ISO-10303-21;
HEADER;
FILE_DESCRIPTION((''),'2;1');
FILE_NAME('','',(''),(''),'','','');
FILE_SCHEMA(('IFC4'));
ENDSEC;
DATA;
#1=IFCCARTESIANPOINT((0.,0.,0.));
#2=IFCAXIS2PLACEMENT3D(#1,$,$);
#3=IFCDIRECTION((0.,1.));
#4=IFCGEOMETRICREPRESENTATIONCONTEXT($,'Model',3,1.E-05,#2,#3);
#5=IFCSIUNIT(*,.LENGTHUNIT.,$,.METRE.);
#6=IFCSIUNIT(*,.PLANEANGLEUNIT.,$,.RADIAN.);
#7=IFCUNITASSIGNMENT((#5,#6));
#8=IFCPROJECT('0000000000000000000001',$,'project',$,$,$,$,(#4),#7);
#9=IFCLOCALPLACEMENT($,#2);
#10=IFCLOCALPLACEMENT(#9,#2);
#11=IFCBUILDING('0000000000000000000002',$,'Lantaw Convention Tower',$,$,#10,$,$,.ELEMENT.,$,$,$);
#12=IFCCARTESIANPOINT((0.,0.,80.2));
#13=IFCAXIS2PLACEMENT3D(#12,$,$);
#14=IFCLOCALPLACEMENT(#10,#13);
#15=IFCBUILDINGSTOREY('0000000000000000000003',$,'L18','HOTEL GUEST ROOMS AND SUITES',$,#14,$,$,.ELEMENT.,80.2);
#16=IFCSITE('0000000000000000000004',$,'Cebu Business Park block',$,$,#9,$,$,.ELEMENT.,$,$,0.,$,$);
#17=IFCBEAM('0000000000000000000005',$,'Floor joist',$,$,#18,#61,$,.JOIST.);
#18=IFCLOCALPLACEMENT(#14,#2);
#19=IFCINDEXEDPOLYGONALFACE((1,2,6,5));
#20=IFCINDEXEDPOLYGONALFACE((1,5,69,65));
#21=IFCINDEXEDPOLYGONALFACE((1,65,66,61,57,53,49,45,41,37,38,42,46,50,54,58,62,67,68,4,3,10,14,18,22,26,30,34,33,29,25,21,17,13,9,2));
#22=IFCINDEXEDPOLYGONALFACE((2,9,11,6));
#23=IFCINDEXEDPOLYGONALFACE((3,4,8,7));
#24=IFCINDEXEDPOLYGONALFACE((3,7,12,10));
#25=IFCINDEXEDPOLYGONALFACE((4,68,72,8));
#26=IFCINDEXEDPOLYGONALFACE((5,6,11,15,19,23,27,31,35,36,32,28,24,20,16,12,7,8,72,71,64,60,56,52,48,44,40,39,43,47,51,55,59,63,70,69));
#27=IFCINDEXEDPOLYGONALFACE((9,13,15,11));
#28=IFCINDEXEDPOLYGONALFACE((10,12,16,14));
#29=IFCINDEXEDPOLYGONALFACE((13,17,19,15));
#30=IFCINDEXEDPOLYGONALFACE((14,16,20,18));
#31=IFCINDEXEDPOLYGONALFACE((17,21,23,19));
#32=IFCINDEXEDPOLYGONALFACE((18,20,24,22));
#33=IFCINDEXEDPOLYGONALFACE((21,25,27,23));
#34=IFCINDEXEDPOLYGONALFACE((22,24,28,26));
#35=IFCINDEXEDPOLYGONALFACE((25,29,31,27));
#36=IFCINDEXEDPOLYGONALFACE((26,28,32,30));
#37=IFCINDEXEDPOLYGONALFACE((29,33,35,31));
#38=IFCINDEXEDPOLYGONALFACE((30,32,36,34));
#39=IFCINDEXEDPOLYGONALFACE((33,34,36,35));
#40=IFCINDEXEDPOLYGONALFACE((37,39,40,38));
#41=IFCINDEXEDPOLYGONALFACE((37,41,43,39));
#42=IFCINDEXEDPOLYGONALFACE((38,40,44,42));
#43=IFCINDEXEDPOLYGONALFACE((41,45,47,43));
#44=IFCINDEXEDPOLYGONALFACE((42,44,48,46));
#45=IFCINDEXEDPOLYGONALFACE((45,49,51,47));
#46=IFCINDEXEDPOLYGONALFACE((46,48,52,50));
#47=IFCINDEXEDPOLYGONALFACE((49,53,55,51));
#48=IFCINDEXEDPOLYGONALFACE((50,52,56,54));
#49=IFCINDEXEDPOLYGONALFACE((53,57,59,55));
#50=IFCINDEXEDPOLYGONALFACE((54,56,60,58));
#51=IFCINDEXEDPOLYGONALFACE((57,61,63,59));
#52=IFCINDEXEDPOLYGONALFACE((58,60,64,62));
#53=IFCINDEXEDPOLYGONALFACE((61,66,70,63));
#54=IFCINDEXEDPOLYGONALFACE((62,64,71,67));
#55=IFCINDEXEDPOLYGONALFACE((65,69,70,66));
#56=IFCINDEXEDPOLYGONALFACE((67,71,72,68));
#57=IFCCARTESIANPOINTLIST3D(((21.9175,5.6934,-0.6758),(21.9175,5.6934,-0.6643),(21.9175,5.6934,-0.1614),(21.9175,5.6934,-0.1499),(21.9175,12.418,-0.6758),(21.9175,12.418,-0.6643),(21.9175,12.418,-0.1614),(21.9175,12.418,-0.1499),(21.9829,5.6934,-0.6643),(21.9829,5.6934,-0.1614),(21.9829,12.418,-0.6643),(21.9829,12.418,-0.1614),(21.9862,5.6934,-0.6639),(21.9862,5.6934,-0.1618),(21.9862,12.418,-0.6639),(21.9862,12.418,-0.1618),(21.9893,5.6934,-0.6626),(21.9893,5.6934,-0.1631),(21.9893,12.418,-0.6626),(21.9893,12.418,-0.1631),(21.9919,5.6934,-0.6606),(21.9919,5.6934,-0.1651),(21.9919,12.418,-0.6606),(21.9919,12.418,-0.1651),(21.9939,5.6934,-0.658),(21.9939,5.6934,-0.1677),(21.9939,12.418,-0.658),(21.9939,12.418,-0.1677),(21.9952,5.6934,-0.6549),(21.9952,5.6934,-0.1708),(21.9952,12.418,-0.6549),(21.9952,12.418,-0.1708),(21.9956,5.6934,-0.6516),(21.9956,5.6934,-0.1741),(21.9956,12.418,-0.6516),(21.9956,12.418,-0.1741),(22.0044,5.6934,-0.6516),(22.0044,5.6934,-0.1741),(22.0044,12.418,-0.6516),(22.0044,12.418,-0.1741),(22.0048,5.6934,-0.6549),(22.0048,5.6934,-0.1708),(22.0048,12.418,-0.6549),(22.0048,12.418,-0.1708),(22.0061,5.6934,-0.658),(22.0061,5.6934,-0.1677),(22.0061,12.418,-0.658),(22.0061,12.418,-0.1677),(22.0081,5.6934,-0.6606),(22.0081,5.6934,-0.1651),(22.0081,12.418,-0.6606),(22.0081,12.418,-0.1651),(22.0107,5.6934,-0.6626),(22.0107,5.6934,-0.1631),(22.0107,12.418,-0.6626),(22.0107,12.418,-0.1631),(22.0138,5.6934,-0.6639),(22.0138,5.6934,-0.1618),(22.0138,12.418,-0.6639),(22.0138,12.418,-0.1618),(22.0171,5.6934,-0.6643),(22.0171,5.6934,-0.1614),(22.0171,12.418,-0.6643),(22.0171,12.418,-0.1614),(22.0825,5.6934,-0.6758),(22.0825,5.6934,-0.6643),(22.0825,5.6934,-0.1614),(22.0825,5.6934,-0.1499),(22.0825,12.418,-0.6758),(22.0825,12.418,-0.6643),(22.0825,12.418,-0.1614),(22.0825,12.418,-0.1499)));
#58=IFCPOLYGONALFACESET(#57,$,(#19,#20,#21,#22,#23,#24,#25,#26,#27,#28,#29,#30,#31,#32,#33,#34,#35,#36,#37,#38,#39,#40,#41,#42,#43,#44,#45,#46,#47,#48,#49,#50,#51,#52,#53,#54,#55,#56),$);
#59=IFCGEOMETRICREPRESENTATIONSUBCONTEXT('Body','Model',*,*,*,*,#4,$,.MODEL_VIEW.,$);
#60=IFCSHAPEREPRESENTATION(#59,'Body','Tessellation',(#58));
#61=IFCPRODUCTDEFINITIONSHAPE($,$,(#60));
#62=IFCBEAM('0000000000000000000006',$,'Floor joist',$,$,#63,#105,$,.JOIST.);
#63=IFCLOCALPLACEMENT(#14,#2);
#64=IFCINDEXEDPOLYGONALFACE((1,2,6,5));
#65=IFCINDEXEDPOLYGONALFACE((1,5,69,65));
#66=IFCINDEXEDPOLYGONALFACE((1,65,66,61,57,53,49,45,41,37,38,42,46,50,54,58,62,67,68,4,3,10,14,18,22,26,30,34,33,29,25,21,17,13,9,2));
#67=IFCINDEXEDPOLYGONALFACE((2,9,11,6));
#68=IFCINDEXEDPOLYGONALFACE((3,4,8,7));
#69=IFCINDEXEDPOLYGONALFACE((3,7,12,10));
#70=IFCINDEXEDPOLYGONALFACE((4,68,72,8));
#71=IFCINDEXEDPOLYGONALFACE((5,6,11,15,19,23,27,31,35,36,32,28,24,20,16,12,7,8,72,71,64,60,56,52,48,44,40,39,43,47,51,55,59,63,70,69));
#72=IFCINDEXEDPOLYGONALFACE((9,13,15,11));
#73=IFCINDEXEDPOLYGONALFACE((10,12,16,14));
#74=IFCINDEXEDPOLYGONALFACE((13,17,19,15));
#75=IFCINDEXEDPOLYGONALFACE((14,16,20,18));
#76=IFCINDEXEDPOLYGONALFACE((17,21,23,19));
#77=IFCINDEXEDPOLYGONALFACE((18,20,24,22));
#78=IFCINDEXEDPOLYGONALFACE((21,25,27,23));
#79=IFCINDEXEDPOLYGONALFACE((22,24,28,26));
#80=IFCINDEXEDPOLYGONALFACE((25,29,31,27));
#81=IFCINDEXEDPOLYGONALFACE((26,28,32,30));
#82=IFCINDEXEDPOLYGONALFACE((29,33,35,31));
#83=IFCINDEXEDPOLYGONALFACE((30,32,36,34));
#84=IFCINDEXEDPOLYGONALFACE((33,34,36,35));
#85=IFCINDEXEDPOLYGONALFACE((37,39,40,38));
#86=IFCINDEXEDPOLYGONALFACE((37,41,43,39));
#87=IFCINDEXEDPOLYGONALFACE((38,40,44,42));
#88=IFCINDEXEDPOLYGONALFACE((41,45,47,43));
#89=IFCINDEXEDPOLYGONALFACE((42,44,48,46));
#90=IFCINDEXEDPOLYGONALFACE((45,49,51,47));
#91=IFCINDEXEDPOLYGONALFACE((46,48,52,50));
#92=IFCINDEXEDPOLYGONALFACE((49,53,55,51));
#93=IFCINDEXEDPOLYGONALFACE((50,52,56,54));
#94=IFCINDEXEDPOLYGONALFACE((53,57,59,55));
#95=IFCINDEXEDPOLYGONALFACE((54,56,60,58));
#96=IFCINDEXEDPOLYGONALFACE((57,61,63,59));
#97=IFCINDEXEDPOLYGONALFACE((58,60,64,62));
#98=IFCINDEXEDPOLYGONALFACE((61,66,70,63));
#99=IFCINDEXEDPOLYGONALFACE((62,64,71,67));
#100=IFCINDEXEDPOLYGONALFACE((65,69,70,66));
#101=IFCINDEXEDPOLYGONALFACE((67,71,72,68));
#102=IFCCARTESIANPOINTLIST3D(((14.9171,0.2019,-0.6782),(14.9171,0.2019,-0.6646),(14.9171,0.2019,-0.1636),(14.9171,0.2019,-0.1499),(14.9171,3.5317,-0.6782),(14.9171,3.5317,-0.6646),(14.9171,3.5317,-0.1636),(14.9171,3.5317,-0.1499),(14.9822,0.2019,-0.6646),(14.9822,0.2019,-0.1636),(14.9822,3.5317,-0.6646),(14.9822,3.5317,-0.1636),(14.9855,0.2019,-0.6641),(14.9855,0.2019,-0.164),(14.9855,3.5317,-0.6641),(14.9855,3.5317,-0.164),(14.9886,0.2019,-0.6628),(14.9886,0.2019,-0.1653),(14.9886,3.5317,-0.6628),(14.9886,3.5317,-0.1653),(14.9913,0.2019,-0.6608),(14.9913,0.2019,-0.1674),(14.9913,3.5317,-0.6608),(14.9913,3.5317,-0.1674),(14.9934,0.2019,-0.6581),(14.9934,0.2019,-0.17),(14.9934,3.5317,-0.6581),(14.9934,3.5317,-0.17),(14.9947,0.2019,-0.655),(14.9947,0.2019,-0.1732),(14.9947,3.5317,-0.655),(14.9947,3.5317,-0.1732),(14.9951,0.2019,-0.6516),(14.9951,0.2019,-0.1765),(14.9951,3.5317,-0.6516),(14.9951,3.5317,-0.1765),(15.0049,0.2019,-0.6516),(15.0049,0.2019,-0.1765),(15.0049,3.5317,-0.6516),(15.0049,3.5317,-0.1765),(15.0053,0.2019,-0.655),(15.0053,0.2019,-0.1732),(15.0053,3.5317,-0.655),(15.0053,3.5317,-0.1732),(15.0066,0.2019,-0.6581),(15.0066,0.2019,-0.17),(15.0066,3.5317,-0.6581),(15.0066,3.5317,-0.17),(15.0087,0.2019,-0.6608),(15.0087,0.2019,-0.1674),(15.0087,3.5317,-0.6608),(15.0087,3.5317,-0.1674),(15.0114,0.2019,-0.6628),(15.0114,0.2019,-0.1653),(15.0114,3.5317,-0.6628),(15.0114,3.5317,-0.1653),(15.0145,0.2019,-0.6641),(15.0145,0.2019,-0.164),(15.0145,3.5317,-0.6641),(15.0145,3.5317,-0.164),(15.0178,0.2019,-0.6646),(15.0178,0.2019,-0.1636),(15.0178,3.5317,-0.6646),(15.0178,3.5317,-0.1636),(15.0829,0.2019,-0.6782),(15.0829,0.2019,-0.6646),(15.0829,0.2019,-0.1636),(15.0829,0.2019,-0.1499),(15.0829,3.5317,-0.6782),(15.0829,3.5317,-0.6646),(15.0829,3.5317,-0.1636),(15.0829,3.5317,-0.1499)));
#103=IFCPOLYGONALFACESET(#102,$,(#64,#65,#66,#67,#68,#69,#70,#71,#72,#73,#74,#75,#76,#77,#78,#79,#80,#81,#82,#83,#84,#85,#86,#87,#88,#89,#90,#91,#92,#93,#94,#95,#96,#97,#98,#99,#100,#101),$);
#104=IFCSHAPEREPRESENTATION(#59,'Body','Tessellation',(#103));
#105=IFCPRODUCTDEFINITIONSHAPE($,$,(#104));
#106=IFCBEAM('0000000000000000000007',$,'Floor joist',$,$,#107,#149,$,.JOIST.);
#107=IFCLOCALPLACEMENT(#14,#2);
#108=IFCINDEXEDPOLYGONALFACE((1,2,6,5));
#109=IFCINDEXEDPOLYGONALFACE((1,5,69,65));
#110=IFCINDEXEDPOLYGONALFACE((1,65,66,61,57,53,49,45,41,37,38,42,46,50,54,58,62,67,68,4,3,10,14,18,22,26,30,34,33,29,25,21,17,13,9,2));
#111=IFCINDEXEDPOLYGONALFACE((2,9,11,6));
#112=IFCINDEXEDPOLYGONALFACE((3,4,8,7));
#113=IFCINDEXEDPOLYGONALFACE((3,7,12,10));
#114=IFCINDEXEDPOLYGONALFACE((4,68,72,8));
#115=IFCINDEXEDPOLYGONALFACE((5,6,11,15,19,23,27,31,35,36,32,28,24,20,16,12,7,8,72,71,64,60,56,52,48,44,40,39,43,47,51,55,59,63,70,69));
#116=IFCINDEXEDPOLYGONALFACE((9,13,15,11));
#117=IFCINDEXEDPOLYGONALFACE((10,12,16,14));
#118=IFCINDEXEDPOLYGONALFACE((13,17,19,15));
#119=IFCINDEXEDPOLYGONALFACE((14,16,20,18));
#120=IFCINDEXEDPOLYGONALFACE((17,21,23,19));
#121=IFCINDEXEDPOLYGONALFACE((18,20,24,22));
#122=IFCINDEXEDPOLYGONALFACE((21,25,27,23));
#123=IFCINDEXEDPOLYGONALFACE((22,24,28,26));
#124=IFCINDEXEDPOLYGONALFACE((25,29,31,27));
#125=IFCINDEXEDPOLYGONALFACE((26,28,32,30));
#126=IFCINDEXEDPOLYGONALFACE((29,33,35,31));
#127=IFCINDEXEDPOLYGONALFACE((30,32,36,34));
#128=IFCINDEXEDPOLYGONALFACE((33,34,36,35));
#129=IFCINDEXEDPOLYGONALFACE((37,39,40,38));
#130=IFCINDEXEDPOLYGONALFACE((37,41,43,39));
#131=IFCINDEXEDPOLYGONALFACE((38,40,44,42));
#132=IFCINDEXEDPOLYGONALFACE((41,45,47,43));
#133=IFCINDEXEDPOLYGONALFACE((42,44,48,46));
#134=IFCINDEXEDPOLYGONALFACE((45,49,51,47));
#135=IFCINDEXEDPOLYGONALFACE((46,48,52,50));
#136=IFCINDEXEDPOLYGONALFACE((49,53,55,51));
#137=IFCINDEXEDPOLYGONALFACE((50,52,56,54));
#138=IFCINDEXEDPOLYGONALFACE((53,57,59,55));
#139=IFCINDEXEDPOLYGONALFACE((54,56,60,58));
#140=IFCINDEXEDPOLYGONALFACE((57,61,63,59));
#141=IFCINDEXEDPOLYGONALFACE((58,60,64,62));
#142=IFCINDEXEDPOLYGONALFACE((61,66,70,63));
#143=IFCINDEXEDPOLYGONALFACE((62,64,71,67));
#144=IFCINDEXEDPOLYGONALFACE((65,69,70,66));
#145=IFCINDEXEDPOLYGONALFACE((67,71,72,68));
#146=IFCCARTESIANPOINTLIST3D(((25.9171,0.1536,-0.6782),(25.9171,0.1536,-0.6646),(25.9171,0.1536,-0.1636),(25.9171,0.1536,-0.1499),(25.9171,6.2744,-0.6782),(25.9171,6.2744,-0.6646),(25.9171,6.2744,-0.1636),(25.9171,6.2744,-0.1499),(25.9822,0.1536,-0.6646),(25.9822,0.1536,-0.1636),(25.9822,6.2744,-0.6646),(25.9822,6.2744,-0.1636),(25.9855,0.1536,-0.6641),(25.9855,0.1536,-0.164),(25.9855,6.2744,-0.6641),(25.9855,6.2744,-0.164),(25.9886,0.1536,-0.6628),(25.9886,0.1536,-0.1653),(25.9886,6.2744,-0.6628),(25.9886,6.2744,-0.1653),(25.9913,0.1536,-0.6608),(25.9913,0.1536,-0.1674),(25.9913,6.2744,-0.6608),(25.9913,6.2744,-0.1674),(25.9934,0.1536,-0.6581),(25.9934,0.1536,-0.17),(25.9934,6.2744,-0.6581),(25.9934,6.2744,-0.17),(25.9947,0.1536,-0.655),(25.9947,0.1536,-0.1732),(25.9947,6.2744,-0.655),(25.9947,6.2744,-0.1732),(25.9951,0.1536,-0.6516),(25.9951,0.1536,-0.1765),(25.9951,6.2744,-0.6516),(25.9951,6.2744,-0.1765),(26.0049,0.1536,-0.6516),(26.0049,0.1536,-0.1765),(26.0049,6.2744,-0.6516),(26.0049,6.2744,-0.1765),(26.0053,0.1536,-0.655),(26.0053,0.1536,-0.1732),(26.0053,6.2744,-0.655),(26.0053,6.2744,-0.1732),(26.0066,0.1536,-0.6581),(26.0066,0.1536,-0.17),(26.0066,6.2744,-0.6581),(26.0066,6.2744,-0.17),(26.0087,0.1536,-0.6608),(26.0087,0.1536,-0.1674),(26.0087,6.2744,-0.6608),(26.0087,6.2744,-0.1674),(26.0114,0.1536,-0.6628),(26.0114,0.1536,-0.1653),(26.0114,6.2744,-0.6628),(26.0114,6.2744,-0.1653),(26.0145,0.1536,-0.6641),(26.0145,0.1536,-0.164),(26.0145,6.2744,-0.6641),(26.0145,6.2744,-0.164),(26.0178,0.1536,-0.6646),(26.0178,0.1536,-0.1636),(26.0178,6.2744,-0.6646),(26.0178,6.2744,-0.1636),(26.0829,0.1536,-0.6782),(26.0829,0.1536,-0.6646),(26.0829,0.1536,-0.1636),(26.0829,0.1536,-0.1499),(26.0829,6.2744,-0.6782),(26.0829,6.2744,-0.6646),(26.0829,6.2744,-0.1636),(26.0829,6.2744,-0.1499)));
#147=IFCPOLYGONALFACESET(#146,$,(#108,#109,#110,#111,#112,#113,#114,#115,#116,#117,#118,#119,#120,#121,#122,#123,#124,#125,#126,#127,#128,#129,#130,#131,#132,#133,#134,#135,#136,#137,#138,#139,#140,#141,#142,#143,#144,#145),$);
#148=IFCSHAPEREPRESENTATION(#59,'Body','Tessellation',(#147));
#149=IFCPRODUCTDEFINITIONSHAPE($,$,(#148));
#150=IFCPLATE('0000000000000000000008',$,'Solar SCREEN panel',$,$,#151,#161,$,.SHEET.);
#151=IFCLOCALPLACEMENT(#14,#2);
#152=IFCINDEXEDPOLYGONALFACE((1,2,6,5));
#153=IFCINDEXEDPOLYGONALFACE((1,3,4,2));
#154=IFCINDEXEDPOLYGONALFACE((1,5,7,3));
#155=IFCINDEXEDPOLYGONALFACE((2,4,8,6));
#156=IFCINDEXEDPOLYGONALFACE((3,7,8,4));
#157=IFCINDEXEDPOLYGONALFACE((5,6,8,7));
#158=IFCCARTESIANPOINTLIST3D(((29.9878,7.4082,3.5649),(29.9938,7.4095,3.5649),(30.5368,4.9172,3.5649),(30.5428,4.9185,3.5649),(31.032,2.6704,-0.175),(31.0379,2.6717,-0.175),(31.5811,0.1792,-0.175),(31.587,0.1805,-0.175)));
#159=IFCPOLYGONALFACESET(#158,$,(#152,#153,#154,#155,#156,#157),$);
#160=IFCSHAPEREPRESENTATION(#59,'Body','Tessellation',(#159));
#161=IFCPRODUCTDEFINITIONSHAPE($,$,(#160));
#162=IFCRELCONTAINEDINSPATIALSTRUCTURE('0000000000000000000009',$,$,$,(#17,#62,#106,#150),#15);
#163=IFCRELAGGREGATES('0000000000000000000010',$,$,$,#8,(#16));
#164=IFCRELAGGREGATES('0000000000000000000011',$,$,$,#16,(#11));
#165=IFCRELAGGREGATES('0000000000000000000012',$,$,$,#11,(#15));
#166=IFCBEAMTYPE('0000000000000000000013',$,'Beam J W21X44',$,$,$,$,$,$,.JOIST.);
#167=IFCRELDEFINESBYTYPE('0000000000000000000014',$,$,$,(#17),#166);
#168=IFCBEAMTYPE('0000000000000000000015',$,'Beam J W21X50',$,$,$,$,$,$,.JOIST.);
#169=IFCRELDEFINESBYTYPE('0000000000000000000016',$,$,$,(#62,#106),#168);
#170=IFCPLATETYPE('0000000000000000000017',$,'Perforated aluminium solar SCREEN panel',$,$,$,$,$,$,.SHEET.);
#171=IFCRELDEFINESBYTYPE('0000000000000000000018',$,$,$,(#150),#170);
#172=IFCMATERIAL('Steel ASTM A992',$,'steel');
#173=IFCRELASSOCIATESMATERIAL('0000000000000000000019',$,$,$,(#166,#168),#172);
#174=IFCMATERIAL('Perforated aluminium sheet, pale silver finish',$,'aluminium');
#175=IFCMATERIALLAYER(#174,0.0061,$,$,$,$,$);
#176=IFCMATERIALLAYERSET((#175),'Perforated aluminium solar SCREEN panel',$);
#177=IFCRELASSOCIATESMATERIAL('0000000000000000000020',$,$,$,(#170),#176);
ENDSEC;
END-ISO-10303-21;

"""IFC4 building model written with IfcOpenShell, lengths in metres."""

from ifc_helpers import new_model, si_unit, direction, frame, origin, origin_2d, place, context, subcontext, project, spatial, polyline, i_section, outline, extrude, material, layer, layer_set, material_profile, profile_set, type_object, element, save


model = new_model("IFC4")

# Units and contexts
model_context = context("Model", 3, precision=1e-05, world=origin(), true_north=direction((0.0, 1.0)))
body_context = subcontext(model_context, "Body", "Model", "MODEL_VIEW")
ifc_project = project(units=[si_unit("LENGTHUNIT", "METRE"), si_unit("PLANEANGLEUNIT", "RADIAN")], contexts=[model_context])

# Site, building, storey
site_placement = place(None, origin())
site = spatial("IfcSite", under=ifc_project, at=site_placement, Name="Cebu Business Park block", CompositionType="ELEMENT", RefElevation=0.0)
building_placement = place(site_placement, origin())
building = spatial("IfcBuilding", under=site, at=building_placement, Name="Lantaw Convention Tower", CompositionType="ELEMENT")
storey_placement = place(building_placement, frame((0.0, 0.0, 80.2)))
storey = spatial("IfcBuildingStorey", under=building, at=storey_placement, Name="L18", Description="HOTEL GUEST ROOMS AND SUITES", CompositionType="ELEMENT", Elevation=80.2)

# Beams
ifc_material_1 = material(Name="Steel ASTM A992", Category="steel")
ifc_material_profile_1 = material_profile(ifc_material_1, i_section(OverallWidth=0.165, OverallDepth=0.5259, WebThickness=0.0088, FlangeThickness=0.0115, FilletRadius=0.0127, at=origin_2d()), Name="W21X44")
ifc_profile_set_1 = profile_set([ifc_material_profile_1], Name="Steel ASTM A992")
beam_type_1 = type_object("IfcBeamType", Name="Beam J W21X44", PredefinedType="JOIST", material=ifc_profile_set_1)
beam_1_placement = place(storey_placement, frame((22.0, 5.6934, -0.4128), z_axis=(0.0, 1.0, 0.0), x_axis=(-1.0, 0.0, 0.0)))
element("IfcBeam", 1, at=beam_1_placement, inside=storey, type_object=beam_type_1, Name="Floor joist", PredefinedType="JOIST", context=body_context, shape_type="SweptSolid", body=[
    extrude(i_section(OverallWidth=0.165, OverallDepth=0.5259, WebThickness=0.0088, FlangeThickness=0.0115, FilletRadius=0.0127, at=origin_2d()), origin(), (0.0, 0.0, 1.0), 6.7246),
])
ifc_material_profile_2 = material_profile(ifc_material_1, i_section(OverallWidth=0.1658, OverallDepth=0.5283, WebThickness=0.0098, FlangeThickness=0.0137, FilletRadius=0.0129, at=origin_2d()), Name="W21X50")
ifc_profile_set_2 = profile_set([ifc_material_profile_2], Name="Steel ASTM A992")
beam_type_2 = type_object("IfcBeamType", Name="Beam J W21X50", PredefinedType="JOIST", material=ifc_profile_set_2)
beam_2_placement = place(storey_placement, frame((15.0, 0.2019, -0.4141), z_axis=(0.0, 1.0, 0.0), x_axis=(-1.0, 0.0, 0.0)))
element("IfcBeam", 2, at=beam_2_placement, inside=storey, type_object=beam_type_2, Name="Floor joist", PredefinedType="JOIST", context=body_context, shape_type="SweptSolid", body=[
    extrude(i_section(OverallWidth=0.1658, OverallDepth=0.5283, WebThickness=0.0098, FlangeThickness=0.0137, FilletRadius=0.0129, at=origin_2d()), origin(), (0.0, 0.0, 1.0), 3.3298),
])
beam_3_placement = place(storey_placement, frame((26.0, 0.1536, -0.4141), z_axis=(0.0, 1.0, 0.0), x_axis=(-1.0, 0.0, 0.0)))
element("IfcBeam", 3, at=beam_3_placement, inside=storey, type_object=beam_type_2, Name="Floor joist", PredefinedType="JOIST", context=body_context, shape_type="SweptSolid", body=[
    extrude(i_section(OverallWidth=0.1658, OverallDepth=0.5283, WebThickness=0.0098, FlangeThickness=0.0137, FilletRadius=0.0129, at=origin_2d()), origin(), (0.0, 0.0, 1.0), 6.1208),
])

# Plate
ifc_material_2 = material(Name="Perforated aluminium sheet, pale silver finish", Category="aluminium")
ifc_layer_1 = layer(ifc_material_2, 0.0061)
ifc_layer_set_1 = layer_set([ifc_layer_1], Name="Perforated aluminium solar SCREEN panel")
plate_type = type_object("IfcPlateType", Name="Perforated aluminium solar SCREEN panel", PredefinedType="SHEET", material=ifc_layer_set_1)
plate_placement = place(storey_placement, frame((31.5811, 0.1792, -0.175), z_axis=(-0.976559, -0.215248, 0.00003), x_axis=(-0.215248, 0.976559, 0.0)))
element("IfcPlate", 4, at=plate_placement, inside=storey, type_object=plate_type, Name="Solar SCREEN panel", PredefinedType="SHEET", context=body_context, shape_type="SweptSolid", body=[
    extrude(outline(polyline([(0.0, 0.0), (2.551, 0.0), (7.4025, -3.74), (4.8517, -3.74), (0.0, 0.0)])), origin(), (0.0, 0.0, -1.0), 0.0061),
])

save(model, "model.ifc")
